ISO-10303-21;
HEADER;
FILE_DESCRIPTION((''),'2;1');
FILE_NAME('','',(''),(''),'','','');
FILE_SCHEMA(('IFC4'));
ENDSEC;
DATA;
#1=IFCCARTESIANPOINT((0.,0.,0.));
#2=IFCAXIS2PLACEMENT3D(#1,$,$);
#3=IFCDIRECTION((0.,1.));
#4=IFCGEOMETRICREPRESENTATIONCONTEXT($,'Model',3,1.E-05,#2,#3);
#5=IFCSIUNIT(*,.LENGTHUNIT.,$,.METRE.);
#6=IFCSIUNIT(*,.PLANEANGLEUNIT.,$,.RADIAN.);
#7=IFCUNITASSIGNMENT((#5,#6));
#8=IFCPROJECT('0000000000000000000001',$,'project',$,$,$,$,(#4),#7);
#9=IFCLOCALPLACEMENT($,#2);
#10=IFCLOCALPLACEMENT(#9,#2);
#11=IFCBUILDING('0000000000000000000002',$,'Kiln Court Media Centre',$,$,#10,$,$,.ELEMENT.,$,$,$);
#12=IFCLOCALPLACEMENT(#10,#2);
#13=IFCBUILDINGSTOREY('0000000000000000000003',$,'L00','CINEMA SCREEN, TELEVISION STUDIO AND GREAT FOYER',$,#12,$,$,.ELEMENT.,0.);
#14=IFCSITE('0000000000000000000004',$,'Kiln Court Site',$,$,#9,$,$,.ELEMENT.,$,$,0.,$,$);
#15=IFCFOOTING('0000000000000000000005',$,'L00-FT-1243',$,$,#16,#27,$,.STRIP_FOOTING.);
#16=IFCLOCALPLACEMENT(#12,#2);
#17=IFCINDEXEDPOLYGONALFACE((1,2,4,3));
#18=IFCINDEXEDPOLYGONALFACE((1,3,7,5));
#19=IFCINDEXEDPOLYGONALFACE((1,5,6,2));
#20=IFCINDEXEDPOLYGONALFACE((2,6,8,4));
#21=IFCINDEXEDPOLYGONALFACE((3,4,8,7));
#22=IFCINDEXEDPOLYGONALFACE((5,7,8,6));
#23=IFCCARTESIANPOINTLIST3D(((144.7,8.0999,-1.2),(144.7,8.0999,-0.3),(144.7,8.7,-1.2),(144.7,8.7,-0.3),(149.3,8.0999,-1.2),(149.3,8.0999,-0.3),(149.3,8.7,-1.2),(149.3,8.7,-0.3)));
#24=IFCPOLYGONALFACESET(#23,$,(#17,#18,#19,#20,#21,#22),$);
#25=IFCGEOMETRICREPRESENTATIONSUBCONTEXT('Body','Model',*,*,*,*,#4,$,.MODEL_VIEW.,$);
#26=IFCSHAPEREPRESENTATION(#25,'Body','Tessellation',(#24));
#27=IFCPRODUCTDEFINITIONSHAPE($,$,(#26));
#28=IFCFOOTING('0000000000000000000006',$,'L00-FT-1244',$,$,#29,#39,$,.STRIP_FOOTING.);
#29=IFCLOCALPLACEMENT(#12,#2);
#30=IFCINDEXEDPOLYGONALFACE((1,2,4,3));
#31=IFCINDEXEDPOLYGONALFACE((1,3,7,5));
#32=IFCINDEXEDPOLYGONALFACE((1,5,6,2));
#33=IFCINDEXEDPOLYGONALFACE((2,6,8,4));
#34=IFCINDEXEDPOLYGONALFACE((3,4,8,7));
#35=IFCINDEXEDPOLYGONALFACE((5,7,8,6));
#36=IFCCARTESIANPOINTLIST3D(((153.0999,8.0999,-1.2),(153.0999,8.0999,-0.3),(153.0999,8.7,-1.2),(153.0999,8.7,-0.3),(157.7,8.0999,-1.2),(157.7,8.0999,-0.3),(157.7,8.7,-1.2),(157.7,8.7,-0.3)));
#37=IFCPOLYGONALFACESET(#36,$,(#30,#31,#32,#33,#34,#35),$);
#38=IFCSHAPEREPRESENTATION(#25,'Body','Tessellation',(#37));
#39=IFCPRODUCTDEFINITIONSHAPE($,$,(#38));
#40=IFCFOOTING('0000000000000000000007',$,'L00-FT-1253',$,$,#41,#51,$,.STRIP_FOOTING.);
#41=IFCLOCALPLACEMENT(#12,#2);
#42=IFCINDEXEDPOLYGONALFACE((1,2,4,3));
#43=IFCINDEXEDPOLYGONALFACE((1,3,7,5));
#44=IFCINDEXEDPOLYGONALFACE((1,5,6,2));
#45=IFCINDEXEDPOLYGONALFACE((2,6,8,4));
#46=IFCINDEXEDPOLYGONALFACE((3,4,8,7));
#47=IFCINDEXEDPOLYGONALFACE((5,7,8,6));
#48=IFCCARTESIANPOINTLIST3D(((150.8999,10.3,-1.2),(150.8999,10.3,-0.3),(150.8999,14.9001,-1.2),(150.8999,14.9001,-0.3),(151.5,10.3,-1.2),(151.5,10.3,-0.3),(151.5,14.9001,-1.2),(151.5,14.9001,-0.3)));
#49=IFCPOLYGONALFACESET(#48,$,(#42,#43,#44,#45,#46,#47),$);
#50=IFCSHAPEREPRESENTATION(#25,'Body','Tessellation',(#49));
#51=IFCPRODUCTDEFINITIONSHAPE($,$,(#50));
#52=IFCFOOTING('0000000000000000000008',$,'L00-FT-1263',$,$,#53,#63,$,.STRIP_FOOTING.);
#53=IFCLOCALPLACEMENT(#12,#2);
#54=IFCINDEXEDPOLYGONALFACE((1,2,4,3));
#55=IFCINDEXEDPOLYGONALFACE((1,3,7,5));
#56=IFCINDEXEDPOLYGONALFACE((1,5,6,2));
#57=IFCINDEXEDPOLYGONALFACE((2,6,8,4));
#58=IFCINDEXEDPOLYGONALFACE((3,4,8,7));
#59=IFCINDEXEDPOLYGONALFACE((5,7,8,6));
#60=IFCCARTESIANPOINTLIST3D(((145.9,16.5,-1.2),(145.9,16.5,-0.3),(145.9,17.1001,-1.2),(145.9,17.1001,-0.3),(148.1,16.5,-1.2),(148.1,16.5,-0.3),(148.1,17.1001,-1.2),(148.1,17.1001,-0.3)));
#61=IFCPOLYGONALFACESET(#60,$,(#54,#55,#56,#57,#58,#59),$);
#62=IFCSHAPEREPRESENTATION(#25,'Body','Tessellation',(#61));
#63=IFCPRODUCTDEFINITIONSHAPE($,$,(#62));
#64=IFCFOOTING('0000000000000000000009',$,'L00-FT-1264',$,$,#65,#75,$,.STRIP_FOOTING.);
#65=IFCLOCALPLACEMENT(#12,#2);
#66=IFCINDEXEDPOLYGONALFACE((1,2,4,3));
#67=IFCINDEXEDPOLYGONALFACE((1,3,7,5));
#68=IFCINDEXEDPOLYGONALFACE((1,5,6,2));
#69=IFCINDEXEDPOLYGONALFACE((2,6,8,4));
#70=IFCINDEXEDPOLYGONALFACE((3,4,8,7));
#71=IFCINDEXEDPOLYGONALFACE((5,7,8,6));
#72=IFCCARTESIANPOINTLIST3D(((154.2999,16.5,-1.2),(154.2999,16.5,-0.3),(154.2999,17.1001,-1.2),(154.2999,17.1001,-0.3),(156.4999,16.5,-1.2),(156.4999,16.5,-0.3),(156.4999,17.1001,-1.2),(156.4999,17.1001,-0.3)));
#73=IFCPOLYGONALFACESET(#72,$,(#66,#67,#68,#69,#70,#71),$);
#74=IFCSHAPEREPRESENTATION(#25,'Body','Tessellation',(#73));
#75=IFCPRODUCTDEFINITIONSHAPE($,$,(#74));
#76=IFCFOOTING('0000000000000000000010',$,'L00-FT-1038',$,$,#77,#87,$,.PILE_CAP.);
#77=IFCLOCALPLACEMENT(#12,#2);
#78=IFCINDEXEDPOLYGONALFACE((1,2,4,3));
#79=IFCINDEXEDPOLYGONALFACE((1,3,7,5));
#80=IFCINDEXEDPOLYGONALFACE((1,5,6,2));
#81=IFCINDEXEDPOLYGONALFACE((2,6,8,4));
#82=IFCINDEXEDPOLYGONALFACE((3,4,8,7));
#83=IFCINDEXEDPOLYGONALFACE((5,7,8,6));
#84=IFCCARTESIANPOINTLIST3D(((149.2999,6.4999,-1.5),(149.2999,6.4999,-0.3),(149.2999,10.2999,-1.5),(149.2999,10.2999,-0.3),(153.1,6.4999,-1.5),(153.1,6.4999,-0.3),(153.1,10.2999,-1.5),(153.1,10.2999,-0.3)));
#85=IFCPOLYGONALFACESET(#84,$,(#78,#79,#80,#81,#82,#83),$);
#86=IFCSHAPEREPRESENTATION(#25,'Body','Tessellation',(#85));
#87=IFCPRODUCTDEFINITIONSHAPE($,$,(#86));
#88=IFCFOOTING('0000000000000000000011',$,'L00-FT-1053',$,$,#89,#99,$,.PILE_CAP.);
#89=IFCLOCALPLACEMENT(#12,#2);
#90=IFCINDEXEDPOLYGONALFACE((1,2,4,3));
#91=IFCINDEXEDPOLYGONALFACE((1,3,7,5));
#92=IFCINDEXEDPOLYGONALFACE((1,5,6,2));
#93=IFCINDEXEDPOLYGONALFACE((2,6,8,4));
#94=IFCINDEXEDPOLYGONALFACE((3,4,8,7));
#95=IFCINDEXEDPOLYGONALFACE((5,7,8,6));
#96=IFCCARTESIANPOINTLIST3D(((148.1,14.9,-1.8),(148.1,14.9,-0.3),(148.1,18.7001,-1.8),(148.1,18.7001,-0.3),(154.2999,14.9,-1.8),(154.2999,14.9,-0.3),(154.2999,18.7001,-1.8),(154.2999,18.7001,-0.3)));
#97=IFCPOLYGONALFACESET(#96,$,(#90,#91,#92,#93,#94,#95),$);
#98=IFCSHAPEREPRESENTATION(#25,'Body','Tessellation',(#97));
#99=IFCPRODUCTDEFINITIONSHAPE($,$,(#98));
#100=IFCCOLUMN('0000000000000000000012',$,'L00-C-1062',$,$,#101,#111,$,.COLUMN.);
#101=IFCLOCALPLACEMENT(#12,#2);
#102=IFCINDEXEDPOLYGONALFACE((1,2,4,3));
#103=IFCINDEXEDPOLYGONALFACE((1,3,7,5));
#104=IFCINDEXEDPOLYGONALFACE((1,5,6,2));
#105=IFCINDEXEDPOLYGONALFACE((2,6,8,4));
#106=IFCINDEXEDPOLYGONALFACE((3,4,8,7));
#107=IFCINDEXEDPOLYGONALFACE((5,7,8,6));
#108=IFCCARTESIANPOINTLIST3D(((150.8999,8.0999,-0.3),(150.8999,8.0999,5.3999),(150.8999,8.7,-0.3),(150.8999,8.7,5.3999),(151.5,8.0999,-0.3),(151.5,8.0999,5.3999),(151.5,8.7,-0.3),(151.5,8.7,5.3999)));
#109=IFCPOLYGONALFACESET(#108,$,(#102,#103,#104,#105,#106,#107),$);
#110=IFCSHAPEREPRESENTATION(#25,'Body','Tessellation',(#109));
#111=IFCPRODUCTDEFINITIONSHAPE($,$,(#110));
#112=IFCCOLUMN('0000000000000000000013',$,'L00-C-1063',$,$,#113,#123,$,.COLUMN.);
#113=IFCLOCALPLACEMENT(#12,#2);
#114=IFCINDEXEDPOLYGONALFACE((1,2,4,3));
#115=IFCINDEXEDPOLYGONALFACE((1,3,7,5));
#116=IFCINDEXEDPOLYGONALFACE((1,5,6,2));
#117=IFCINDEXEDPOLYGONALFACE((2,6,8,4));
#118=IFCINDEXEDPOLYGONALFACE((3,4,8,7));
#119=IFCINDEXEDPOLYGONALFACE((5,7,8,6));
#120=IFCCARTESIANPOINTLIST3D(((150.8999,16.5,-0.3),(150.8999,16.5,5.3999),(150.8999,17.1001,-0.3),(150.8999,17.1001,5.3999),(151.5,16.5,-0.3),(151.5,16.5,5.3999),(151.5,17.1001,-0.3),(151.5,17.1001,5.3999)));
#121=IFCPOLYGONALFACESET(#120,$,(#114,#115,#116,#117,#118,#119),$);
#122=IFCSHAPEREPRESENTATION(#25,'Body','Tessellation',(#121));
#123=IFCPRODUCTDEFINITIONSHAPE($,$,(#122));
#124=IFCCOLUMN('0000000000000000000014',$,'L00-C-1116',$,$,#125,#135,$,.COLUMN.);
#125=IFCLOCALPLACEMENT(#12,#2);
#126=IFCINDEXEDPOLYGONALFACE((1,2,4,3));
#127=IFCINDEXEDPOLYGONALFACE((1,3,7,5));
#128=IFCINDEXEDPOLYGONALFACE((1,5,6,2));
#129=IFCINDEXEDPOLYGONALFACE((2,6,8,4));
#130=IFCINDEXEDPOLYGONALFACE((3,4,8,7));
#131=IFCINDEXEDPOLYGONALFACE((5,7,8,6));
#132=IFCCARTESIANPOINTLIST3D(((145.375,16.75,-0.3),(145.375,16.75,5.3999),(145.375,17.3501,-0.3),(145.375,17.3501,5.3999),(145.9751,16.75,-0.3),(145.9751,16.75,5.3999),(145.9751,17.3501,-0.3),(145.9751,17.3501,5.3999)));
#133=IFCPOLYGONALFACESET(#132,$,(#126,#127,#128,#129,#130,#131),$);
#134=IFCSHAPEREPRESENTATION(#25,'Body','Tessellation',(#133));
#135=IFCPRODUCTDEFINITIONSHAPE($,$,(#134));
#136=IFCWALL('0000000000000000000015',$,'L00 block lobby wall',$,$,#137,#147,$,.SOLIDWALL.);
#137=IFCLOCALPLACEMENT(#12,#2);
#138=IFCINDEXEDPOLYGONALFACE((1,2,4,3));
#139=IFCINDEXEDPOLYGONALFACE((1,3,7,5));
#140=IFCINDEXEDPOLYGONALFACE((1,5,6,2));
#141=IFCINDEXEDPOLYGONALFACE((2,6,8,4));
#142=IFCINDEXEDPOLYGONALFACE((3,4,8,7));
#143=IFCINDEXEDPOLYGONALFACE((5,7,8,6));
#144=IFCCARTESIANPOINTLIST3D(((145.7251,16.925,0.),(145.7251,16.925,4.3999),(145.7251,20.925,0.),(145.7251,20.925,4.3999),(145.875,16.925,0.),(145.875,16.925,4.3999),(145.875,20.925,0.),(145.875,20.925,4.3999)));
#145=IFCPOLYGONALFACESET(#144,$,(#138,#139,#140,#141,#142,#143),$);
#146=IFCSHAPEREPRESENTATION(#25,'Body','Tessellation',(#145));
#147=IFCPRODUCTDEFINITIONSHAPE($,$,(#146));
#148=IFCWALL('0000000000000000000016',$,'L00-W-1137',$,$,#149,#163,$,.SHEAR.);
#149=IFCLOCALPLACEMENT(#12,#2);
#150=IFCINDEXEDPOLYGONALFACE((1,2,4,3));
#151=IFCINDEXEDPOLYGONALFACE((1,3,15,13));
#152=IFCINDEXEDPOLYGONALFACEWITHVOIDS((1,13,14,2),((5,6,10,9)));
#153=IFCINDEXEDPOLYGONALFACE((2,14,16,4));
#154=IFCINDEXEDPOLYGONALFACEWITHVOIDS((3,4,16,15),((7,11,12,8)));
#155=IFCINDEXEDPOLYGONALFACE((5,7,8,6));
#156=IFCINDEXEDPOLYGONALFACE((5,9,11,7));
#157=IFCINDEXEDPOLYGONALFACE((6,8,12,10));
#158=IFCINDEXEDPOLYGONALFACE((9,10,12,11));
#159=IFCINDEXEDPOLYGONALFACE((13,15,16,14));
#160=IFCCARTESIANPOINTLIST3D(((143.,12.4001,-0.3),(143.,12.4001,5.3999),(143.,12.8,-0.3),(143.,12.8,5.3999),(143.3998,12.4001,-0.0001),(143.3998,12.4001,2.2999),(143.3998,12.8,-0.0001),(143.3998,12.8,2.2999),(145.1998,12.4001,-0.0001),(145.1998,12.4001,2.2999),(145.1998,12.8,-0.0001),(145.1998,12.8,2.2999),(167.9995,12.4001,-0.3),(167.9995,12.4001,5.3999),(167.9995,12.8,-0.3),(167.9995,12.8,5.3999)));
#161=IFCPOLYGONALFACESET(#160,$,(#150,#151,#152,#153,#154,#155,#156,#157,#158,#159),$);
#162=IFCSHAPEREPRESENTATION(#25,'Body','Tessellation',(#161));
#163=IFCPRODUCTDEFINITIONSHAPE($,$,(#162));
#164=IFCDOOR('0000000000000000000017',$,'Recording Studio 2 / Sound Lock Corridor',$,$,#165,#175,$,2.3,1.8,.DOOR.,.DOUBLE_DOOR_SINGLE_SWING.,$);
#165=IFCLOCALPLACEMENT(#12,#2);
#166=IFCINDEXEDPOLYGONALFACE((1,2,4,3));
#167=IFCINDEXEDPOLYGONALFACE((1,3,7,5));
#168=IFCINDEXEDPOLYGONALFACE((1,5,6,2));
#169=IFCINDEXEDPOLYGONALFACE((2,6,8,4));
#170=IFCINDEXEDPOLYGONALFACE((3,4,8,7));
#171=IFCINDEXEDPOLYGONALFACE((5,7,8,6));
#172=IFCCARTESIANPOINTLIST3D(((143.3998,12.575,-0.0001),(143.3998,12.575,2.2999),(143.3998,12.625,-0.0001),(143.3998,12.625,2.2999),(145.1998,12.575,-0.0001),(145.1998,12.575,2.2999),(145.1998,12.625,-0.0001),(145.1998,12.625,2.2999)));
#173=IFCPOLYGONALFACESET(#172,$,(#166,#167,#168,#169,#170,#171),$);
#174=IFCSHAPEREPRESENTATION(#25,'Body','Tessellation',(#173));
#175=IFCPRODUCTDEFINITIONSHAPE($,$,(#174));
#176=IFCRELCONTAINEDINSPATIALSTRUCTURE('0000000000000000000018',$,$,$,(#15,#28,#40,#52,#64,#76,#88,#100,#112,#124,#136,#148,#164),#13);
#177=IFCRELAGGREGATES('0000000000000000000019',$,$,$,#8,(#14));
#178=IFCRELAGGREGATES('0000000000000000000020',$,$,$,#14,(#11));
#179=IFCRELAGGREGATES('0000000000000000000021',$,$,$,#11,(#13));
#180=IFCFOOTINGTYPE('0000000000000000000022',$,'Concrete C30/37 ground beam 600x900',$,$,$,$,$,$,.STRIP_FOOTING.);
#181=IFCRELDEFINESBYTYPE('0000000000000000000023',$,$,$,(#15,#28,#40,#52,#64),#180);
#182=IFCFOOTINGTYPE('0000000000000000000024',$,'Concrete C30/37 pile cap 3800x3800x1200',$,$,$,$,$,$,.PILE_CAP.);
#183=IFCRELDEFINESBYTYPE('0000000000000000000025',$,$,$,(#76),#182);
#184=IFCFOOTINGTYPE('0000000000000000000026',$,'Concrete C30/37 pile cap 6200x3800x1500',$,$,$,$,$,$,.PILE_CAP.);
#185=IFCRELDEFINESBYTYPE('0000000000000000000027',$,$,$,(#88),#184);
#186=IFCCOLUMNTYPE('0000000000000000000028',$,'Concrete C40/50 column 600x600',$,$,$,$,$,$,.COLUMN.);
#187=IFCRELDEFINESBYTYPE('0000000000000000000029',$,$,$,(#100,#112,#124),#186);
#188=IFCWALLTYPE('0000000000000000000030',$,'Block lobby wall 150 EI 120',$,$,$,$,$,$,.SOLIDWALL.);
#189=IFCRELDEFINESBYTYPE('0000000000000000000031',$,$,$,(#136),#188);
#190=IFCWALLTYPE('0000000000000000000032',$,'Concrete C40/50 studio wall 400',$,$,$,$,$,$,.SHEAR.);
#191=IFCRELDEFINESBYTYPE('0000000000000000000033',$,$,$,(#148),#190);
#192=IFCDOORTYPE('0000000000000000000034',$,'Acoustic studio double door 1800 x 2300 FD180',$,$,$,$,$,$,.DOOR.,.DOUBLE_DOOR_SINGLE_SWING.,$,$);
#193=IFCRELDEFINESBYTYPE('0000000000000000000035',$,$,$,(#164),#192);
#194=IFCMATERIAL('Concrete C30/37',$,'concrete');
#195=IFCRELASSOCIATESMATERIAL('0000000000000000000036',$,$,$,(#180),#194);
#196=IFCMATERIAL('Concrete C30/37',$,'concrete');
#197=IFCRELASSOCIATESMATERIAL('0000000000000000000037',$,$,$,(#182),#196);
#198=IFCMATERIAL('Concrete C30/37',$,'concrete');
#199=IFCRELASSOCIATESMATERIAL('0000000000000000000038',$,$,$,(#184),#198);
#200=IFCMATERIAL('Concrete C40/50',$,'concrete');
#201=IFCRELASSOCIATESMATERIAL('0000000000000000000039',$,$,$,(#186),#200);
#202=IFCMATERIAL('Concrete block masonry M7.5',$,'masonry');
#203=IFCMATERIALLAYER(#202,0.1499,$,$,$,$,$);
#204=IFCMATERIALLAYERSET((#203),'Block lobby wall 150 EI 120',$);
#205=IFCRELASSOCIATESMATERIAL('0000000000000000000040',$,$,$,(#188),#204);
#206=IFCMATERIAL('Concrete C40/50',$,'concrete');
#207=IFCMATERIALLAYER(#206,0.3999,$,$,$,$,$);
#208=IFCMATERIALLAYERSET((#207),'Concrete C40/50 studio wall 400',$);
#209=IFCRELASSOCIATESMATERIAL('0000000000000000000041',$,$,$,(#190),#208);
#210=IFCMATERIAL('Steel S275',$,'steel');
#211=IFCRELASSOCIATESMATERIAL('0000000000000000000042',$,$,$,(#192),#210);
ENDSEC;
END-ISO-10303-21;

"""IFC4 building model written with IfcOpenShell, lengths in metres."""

from ifc_helpers import new_model, si_unit, direction, frame, frame_2d, origin, origin_2d, place, context, subcontext, project, spatial, rectangle, extrude, material, layer, layer_set, material_profile, profile_set, type_object, element, fill, save


model = new_model("IFC4")

# Units and contexts
model_context = context("Model", 3, precision=1e-05, world=origin(), true_north=direction((0.0, 1.0)))
body_context = subcontext(model_context, "Body", "Model", "MODEL_VIEW")
ifc_project = project(units=[si_unit("LENGTHUNIT", "METRE"), si_unit("PLANEANGLEUNIT", "RADIAN")], contexts=[model_context])

# Site, building, storey
site_placement = place(None, origin())
site = spatial("IfcSite", under=ifc_project, at=site_placement, Name="Kiln Court Site", CompositionType="ELEMENT", RefElevation=0.0)
building_placement = place(site_placement, origin())
building = spatial("IfcBuilding", under=site, at=building_placement, Name="Kiln Court Media Centre", CompositionType="ELEMENT")
storey_placement = place(building_placement, origin())
storey = spatial("IfcBuildingStorey", under=building, at=storey_placement, Name="L00", Description="CINEMA SCREEN, TELEVISION STUDIO AND GREAT FOYER", CompositionType="ELEMENT", Elevation=0.0)

# Footings
ifc_material_1 = material(Name="Concrete C30/37", Category="concrete")
footing_type_1 = type_object("IfcFootingType", Name="Concrete C30/37 ground beam 600x900", PredefinedType="STRIP_FOOTING", material=ifc_material_1)
for number, where, z_axis, x_axis, name in (
    (1, (147.0, 8.3999, -1.2), (0.0, 0.0, 1.0), (1.0, 0.0, 0.0), "L00-FT-1243"),
    (2, (155.3999, 8.3999, -1.2), (0.0, 0.0, 1.0), (1.0, 0.0, 0.0), "L00-FT-1244"),
):
    element("IfcFooting", number, at=place(storey_placement, frame(where, z_axis=z_axis, x_axis=x_axis)), inside=storey, type_object=footing_type_1, Name=name, PredefinedType="STRIP_FOOTING", context=body_context, shape_type="SweptSolid", body=[
        extrude(rectangle(XDim=4.6001, YDim=0.6001, at=origin_2d()), origin(), (0.0, 0.0, 1.0), 0.8999),
    ])
footing_1_placement = place(storey_placement, frame((151.2, 12.6001, -1.2), z_axis=(0.0, 0.0, 1.0), x_axis=(1.0, 0.0, 0.0)))
element("IfcFooting", 3, at=footing_1_placement, inside=storey, type_object=footing_type_1, Name="L00-FT-1253", PredefinedType="STRIP_FOOTING", context=body_context, shape_type="SweptSolid", body=[
    extrude(rectangle(XDim=0.6001, YDim=4.6001, at=origin_2d()), origin(), (0.0, 0.0, 1.0), 0.8999),
])
for number, where, z_axis, x_axis, name in (
    (4, (147.0, 16.8, -1.2), (0.0, 0.0, 1.0), (1.0, 0.0, 0.0), "L00-FT-1263"),
    (5, (155.3999, 16.8, -1.2), (0.0, 0.0, 1.0), (1.0, 0.0, 0.0), "L00-FT-1264"),
):
    element("IfcFooting", number, at=place(storey_placement, frame(where, z_axis=z_axis, x_axis=x_axis)), inside=storey, type_object=footing_type_1, Name=name, PredefinedType="STRIP_FOOTING", context=body_context, shape_type="SweptSolid", body=[
        extrude(rectangle(XDim=2.2, YDim=0.6001, at=origin_2d()), origin(), (0.0, 0.0, 1.0), 0.8999),
    ])
ifc_material_2 = material(Name="Concrete C30/37", Category="concrete")
footing_type_2 = type_object("IfcFootingType", Name="Concrete C30/37 pile cap 3800x3800x1200", PredefinedType="PILE_CAP", material=ifc_material_2)
footing_2_placement = place(storey_placement, frame((151.2, 8.3999, -1.5), z_axis=(0.0, 0.0, 1.0), x_axis=(1.0, 0.0, 0.0)))
element("IfcFooting", 6, at=footing_2_placement, inside=storey, type_object=footing_type_2, Name="L00-FT-1038", PredefinedType="PILE_CAP", context=body_context, shape_type="SweptSolid", body=[
    extrude(rectangle(XDim=3.8, YDim=3.8, at=origin_2d()), origin(), (0.0, 0.0, 1.0), 1.2),
])
ifc_material_3 = material(Name="Concrete C30/37", Category="concrete")
footing_type_3 = type_object("IfcFootingType", Name="Concrete C30/37 pile cap 6200x3800x1500", PredefinedType="PILE_CAP", material=ifc_material_3)
footing_3_placement = place(storey_placement, frame((151.2, 16.8, -1.8), z_axis=(0.0, 0.0, 1.0), x_axis=(1.0, 0.0, 0.0)))
element("IfcFooting", 7, at=footing_3_placement, inside=storey, type_object=footing_type_3, Name="L00-FT-1053", PredefinedType="PILE_CAP", context=body_context, shape_type="SweptSolid", body=[
    extrude(rectangle(XDim=6.2, YDim=3.8, at=origin_2d()), origin(), (0.0, 0.0, 1.0), 1.5),
])

# Columns
ifc_material_4 = material(Name="Concrete C40/50", Category="concrete")
ifc_material_profile_1 = material_profile(ifc_material_4, rectangle(XDim=0.6001, YDim=0.6001, at=origin_2d()), Name="RC 600x600")
ifc_profile_set_1 = profile_set([ifc_material_profile_1], Name="Concrete C40/50")
column_type = type_object("IfcColumnType", Name="Concrete C40/50 column 600x600", PredefinedType="COLUMN", material=ifc_profile_set_1)
for number, where, z_axis, x_axis, name in (
    (8, (151.2, 8.3999, -0.3), (0.0, 0.0, 1.0), (1.0, 0.0, 0.0), "L00-C-1062"),
    (9, (151.2, 16.8, -0.3), (0.0, 0.0, 1.0), (1.0, 0.0, 0.0), "L00-C-1063"),
    (10, (145.675, 17.05, -0.3), (0.0, 0.0, 1.0), (1.0, 0.0, 0.0), "L00-C-1116"),
):
    element("IfcColumn", number, at=place(storey_placement, frame(where, z_axis=z_axis, x_axis=x_axis)), inside=storey, type_object=column_type, Name=name, PredefinedType="COLUMN", context=body_context, shape_type="SweptSolid", body=[
        extrude(rectangle(XDim=0.6001, YDim=0.6001, at=origin_2d()), origin(), (0.0, 0.0, 1.0), 5.7),
    ])

# Wall
ifc_material_5 = material(Name="Concrete block masonry M7.5", Category="masonry")
ifc_layer_1 = layer(ifc_material_5, 0.1499)
ifc_layer_set_1 = layer_set([ifc_layer_1], Name="Block lobby wall 150 EI 120")
wall_type_1 = type_object("IfcWallType", Name="Block lobby wall 150 EI 120", PredefinedType="SOLIDWALL", material=ifc_layer_set_1)
wall_1_placement = place(storey_placement, frame((145.8, 16.925, 0.0), z_axis=(0.0, 0.0, 1.0), x_axis=(0.0, 1.0, 0.0)))
element("IfcWall", 11, at=wall_1_placement, inside=storey, type_object=wall_type_1, Name="L00 block lobby wall", PredefinedType="SOLIDWALL", context=body_context, shape_type="SweptSolid", body=[
    extrude(rectangle(XDim=4.0, YDim=0.1499, at=frame_2d((2.0, 0.0))), origin(), (0.0, 0.0, 1.0), 4.3999),
])

# Wall, opening, door
ifc_material_6 = material(Name="Concrete C40/50", Category="concrete")
ifc_layer_2 = layer(ifc_material_6, 0.3999)
ifc_layer_set_2 = layer_set([ifc_layer_2], Name="Concrete C40/50 studio wall 400")
wall_type_2 = type_object("IfcWallType", Name="Concrete C40/50 studio wall 400", PredefinedType="SHEAR", material=ifc_layer_set_2)
wall_2_placement = place(storey_placement, frame((143.0, 12.6001, -0.3), z_axis=(0.0, 0.0, 1.0), x_axis=(1.0, 0.0, 0.0)))
wall_2 = element("IfcWall", 12, at=wall_2_placement, inside=storey, type_object=wall_type_2, Name="L00-W-1137", PredefinedType="SHEAR", context=body_context, shape_type="SweptSolid", body=[
    extrude(rectangle(XDim=24.9995, YDim=0.3999, at=frame_2d((12.4998, 0.0))), origin(), (0.0, 0.0, 1.0), 5.7),
])
opening_1_placement = place(wall_2_placement, frame((0.3999, 0.0, 0.3)))
opening_1 = element("IfcOpeningElement", 13, at=opening_1_placement, cuts=wall_2, PredefinedType="OPENING", context=body_context, shape_type="SweptSolid", body=[
    extrude(rectangle(XDim=1.8, YDim=2.3, at=frame_2d((0.8999, 1.1499))), frame((0.0, 0.21, 0.0), z_axis=(0.0, -1.0, 0.0), x_axis=(1.0, 0.0, 0.0)), (0.0, 0.0, 1.0), 0.4199),
])
ifc_material_7 = material(Name="Steel S275", Category="steel")
door_type_1 = type_object("IfcDoorType", Name="Acoustic studio double door 1800 x 2300 FD180", OperationType="DOUBLE_DOOR_SINGLE_SWING", PredefinedType="DOOR", material=ifc_material_7)
door_1_placement = place(opening_1_placement, origin())
door_1 = element("IfcDoor", 14, at=door_1_placement, inside=storey, type_object=door_type_1, Name="Recording Studio 2 / Sound Lock Corridor", OperationType="DOUBLE_DOOR_SINGLE_SWING", OverallHeight=2.3, OverallWidth=1.8, PredefinedType="DOOR", context=body_context, shape_type="SweptSolid", body=[
    extrude(rectangle(XDim=1.8, YDim=2.3, at=frame_2d((0.8999, 1.1499))), frame((0.0, 0.0249, 0.0), z_axis=(0.0, -1.0, 0.0), x_axis=(1.0, 0.0, 0.0)), (0.0, 0.0, 1.0), 0.05),
])
fill(opening_1, door_1)

save(model, "model.ifc")
